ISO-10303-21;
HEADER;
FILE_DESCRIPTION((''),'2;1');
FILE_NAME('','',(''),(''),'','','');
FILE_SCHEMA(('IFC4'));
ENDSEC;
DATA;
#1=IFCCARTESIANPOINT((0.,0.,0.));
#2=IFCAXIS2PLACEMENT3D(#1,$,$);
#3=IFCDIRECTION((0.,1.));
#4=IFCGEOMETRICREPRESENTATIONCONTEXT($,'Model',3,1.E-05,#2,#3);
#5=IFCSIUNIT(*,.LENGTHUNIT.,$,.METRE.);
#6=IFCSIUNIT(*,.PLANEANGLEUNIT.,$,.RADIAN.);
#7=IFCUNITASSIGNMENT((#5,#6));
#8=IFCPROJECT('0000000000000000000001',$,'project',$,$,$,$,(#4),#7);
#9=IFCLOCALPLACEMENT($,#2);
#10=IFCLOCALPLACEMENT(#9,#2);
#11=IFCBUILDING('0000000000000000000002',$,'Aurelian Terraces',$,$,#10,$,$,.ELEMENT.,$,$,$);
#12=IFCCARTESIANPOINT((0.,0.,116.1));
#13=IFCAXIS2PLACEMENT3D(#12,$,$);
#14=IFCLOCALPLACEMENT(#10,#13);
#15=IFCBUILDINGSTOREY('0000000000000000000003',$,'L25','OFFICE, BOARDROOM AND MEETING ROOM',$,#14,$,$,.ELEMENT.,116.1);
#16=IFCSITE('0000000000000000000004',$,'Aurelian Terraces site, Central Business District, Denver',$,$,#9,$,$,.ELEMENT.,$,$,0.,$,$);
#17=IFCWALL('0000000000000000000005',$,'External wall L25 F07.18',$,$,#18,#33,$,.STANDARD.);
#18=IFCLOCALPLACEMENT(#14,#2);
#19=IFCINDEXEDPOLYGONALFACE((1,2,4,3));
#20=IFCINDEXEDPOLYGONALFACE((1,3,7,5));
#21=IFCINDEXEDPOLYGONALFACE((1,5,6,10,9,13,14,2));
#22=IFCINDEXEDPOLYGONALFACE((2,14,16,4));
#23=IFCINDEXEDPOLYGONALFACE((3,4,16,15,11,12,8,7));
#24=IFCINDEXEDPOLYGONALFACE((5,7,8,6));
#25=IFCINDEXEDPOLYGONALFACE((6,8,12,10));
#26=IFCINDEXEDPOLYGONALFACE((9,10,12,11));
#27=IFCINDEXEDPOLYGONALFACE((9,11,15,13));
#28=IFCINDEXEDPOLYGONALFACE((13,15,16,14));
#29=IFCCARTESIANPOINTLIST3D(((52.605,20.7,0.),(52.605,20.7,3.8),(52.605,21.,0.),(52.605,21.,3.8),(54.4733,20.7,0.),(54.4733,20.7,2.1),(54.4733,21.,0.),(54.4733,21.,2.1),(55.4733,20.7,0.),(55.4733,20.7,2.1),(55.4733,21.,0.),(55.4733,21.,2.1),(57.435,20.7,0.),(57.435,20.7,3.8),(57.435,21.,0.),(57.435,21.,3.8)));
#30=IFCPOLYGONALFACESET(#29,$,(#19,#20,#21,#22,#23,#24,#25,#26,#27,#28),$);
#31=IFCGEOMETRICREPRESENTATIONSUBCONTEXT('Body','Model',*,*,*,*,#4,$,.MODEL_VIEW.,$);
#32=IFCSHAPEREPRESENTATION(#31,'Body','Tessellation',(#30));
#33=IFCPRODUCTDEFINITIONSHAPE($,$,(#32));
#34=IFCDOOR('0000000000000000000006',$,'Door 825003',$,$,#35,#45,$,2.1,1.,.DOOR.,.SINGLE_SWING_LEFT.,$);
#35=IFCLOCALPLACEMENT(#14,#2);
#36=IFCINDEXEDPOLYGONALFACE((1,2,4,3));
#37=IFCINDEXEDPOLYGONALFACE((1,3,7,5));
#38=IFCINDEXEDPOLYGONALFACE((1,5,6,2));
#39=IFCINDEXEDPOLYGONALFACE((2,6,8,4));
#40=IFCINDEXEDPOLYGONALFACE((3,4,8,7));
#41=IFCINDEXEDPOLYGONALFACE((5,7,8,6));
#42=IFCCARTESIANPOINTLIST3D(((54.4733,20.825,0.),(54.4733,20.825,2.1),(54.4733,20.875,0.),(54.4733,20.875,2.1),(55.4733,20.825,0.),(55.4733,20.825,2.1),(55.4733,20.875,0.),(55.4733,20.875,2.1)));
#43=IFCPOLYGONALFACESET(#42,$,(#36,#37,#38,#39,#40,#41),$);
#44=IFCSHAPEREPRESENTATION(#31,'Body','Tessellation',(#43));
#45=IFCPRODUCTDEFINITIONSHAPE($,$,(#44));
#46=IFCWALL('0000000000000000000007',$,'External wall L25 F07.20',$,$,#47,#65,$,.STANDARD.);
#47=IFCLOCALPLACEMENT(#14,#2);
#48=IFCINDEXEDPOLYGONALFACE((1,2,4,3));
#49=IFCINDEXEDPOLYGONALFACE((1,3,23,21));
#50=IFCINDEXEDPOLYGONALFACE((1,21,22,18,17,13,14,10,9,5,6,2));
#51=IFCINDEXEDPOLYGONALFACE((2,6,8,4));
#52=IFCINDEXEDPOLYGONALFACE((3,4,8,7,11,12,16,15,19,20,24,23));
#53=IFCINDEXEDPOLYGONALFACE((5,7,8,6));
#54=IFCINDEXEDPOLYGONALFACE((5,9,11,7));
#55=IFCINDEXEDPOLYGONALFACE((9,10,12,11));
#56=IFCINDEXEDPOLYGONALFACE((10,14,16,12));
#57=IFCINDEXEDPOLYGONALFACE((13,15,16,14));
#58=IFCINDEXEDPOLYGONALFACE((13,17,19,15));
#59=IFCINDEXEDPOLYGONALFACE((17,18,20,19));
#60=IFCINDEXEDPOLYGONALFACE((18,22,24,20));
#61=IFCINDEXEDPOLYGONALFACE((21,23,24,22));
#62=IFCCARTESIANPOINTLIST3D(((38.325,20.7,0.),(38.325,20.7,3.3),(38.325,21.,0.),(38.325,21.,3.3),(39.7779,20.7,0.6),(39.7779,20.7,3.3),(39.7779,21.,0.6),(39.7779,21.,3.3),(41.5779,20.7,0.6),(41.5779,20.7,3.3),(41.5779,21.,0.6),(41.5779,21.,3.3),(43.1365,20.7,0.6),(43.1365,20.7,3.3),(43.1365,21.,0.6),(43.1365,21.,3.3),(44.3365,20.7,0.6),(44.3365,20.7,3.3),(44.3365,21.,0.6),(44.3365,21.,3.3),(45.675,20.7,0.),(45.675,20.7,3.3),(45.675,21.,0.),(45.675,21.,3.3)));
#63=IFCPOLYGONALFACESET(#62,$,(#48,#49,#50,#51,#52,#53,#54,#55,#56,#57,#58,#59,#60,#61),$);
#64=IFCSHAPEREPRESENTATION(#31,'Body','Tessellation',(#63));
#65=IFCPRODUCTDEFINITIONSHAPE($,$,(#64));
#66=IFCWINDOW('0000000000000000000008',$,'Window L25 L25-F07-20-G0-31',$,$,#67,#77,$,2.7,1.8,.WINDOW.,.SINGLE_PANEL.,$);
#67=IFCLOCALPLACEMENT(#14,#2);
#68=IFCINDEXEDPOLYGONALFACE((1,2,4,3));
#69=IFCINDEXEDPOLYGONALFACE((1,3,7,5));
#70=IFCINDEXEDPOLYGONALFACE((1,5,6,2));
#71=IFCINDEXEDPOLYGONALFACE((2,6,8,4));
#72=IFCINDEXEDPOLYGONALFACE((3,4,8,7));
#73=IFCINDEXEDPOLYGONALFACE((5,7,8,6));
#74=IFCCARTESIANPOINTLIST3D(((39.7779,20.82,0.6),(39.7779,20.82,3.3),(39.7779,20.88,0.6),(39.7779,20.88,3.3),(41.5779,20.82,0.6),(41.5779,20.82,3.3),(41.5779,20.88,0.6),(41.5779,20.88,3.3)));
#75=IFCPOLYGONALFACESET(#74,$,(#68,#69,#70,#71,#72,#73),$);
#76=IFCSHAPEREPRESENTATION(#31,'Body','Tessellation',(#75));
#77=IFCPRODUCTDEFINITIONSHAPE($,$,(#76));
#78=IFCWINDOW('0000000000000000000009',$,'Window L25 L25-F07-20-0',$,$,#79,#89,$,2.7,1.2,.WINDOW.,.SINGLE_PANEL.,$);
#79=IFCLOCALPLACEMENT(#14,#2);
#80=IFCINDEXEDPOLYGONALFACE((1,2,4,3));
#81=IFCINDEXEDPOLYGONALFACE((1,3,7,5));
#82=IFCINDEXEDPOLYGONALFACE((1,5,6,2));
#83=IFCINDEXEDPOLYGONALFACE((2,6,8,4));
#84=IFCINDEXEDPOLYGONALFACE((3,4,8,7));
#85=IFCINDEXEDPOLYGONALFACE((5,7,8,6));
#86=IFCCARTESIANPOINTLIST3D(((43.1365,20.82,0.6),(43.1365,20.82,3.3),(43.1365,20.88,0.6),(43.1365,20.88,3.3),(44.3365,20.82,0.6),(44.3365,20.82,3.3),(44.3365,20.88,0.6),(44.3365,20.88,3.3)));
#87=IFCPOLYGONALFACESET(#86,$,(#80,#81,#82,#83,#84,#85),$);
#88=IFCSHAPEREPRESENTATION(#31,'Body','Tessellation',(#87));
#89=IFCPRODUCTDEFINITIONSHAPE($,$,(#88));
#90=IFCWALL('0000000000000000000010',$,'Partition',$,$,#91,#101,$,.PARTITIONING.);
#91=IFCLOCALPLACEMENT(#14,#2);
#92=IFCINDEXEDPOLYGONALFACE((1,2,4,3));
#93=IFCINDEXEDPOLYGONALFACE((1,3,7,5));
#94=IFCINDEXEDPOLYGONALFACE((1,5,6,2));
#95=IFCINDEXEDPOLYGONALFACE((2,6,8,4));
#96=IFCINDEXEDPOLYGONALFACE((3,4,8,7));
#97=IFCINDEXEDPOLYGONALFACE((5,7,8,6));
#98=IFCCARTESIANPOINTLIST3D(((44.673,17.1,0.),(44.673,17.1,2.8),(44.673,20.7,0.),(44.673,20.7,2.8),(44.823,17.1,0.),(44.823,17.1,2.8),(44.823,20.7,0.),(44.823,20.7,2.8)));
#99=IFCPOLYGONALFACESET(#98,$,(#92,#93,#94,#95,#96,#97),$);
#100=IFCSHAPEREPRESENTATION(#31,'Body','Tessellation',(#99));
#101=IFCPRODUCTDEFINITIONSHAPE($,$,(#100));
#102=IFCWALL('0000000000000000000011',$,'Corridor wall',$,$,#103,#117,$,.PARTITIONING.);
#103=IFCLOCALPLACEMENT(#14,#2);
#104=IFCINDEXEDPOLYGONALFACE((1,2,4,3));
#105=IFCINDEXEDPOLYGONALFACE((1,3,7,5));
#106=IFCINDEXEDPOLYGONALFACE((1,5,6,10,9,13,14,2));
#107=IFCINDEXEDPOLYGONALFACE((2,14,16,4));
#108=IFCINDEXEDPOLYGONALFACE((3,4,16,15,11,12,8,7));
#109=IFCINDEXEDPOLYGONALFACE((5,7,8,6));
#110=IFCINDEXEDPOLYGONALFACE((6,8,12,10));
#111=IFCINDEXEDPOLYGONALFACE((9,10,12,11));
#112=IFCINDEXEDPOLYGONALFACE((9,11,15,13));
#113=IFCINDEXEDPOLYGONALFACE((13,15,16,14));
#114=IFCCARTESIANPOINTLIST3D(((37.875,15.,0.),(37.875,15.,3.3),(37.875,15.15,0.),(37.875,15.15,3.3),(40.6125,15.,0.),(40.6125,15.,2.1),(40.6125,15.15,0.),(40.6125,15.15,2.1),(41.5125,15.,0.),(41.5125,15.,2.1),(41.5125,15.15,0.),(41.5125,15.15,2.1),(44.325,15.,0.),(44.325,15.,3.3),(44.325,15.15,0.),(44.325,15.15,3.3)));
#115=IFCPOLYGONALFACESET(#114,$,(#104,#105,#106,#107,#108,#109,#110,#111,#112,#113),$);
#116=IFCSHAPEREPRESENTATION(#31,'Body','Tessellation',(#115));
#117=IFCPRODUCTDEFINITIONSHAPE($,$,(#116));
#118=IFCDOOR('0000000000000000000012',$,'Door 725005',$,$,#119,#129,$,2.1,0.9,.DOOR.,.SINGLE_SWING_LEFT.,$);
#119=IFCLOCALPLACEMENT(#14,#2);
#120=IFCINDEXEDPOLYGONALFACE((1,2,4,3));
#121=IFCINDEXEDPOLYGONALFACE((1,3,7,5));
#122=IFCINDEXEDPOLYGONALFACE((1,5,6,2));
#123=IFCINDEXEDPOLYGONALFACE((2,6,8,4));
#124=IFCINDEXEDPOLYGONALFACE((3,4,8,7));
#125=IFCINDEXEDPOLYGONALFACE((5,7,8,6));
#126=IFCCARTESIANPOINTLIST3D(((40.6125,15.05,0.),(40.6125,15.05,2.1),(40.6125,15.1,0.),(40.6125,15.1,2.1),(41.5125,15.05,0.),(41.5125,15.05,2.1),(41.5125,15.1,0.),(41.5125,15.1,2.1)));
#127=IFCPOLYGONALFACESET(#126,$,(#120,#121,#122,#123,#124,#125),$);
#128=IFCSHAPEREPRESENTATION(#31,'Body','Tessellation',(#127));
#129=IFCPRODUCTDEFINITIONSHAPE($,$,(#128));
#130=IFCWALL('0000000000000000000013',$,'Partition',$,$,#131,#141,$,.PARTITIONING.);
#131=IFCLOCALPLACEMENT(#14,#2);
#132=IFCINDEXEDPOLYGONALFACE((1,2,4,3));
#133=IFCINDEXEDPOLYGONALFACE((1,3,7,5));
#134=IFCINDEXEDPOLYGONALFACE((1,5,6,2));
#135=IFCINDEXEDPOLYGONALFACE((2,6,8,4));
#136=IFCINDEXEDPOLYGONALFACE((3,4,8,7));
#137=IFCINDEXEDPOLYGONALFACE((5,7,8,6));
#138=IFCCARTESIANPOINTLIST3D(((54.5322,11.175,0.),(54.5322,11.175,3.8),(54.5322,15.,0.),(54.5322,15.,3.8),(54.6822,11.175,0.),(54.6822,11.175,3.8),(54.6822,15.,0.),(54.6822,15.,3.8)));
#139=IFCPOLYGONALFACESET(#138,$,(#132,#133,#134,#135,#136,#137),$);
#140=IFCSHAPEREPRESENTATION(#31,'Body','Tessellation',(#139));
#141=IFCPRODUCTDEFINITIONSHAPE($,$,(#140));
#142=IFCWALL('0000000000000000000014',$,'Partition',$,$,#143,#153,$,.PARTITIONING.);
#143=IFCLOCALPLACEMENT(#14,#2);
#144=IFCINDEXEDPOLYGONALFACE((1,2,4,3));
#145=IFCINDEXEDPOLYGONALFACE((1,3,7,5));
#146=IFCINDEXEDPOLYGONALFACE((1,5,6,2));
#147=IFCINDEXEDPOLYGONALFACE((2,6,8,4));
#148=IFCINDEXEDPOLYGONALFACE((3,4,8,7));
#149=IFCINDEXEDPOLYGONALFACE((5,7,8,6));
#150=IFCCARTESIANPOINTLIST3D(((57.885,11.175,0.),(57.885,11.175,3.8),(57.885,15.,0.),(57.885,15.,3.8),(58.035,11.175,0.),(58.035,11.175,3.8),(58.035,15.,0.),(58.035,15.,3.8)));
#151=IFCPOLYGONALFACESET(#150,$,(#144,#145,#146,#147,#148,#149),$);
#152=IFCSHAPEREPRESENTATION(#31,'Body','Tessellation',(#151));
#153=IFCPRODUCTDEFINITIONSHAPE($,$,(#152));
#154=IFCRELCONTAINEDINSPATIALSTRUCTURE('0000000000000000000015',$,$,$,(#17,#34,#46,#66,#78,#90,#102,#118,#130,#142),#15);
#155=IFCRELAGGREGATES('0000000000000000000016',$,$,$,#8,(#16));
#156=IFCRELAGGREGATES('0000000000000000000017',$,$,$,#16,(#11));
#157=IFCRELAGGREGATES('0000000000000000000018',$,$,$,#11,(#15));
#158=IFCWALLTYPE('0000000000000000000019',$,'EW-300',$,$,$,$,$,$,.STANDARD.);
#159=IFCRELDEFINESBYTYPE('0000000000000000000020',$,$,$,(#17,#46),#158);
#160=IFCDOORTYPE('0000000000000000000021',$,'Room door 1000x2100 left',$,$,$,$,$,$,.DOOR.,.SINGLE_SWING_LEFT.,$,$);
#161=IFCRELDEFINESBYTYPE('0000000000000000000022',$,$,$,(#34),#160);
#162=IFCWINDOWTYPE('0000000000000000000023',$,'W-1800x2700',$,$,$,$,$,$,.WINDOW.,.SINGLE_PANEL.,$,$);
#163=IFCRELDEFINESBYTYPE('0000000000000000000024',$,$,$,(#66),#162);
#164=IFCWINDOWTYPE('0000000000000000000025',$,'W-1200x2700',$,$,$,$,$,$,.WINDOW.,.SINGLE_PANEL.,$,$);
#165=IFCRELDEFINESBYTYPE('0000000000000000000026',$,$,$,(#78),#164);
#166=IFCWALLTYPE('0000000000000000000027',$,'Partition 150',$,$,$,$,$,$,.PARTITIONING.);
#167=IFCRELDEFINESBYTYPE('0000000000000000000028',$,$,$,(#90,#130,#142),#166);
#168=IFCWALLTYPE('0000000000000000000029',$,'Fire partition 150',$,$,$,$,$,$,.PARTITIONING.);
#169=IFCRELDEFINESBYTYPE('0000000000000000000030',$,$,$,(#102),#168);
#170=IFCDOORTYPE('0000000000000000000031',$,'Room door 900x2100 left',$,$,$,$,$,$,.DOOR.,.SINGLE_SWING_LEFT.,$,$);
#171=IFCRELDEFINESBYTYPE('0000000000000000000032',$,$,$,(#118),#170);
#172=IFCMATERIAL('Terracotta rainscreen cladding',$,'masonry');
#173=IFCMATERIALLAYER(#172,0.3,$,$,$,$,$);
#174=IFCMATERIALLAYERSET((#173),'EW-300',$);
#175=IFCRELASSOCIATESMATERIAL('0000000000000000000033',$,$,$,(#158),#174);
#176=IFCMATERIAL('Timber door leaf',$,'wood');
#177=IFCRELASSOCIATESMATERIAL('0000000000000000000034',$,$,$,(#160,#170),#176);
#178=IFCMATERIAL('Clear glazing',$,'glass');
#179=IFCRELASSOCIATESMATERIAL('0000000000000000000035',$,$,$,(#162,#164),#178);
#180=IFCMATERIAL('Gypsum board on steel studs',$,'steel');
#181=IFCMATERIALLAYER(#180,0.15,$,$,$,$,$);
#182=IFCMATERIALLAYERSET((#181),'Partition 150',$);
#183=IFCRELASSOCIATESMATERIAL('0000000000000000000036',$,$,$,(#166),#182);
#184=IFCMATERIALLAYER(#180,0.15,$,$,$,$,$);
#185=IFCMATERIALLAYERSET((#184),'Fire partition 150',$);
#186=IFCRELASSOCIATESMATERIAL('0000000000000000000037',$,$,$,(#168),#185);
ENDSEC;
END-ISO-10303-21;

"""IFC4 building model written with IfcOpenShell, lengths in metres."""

from ifc_helpers import new_model, si_unit, direction, frame, frame_2d, origin, place, context, subcontext, project, spatial, rectangle, extrude, source, transform, mapped, material, layer, layer_set, type_object, element, fill, save


model = new_model("IFC4")

# Units and contexts
model_context = context("Model", 3, precision=1e-05, world=origin(), true_north=direction((0.0, 1.0)))
body_context = subcontext(model_context, "Body", "Model", "MODEL_VIEW")
ifc_project = project(units=[si_unit("LENGTHUNIT", "METRE"), si_unit("PLANEANGLEUNIT", "RADIAN")], contexts=[model_context])

# Site, building, storey
site_placement = place(None, origin())
site = spatial("IfcSite", under=ifc_project, at=site_placement, Name="Aurelian Terraces site, Central Business District, Denver", CompositionType="ELEMENT", RefElevation=0.0)
building_placement = place(site_placement, origin())
building = spatial("IfcBuilding", under=site, at=building_placement, Name="Aurelian Terraces", CompositionType="ELEMENT")
storey_placement = place(building_placement, frame((0.0, 0.0, 116.1)))
storey = spatial("IfcBuildingStorey", under=building, at=storey_placement, Name="L25", Description="OFFICE, BOARDROOM AND MEETING ROOM", CompositionType="ELEMENT", Elevation=116.1)

# Shared definitions
ifc_material_1 = material(Name="Terracotta rainscreen cladding", Category="masonry")
ifc_layer_1 = layer(ifc_material_1, 0.3)
ifc_layer_set_1 = layer_set([ifc_layer_1], Name="EW-300")
wall_type_1 = type_object("IfcWallType", Name="EW-300", PredefinedType="STANDARD", material=ifc_layer_set_1)

# Shared definitions
ifc_material_2 = material(Name="Clear glazing", Category="glass")

# Wall, opening, door
shared_shape_1 = source(origin(), body_context, "Body", "SweptSolid", [
    extrude(rectangle(XDim=4.83, YDim=0.3, at=frame_2d((2.415, 0.0))), origin(), (0.0, 0.0, 1.0), 3.8),
])
wall_1_placement = place(storey_placement, frame((57.435, 20.85, 0.0), z_axis=(0.0, 0.0, 1.0), x_axis=(-1.0, 0.0, 0.0)))
wall_1 = element("IfcWall", 1, at=wall_1_placement, inside=storey, type_object=wall_type_1, Name="External wall L25 F07.18", PredefinedType="STANDARD", context=body_context, shape_type="MappedRepresentation", body=[
    mapped(shared_shape_1, transform((0.0, 0.0, 0.0), scale=1.0)),
])
shared_shape_2 = source(origin(), body_context, "Body", "SweptSolid", [
    extrude(rectangle(XDim=1.0, YDim=2.1, at=frame_2d((0.5, 1.05))), frame((0.0, 0.16, 0.0), z_axis=(0.0, -1.0, 0.0), x_axis=(1.0, 0.0, 0.0)), (0.0, 0.0, 1.0), 0.32),
])
opening_1_placement = place(wall_1_placement, frame((1.9617, 0.0, 0.0)))
opening_1 = element("IfcOpeningElement", 2, at=opening_1_placement, cuts=wall_1, PredefinedType="OPENING", context=body_context, shape_type="MappedRepresentation", body=[
    mapped(shared_shape_2, transform((0.0, 0.0, 0.0), scale=1.0)),
])
ifc_material_3 = material(Name="Timber door leaf", Category="wood")
door_type_1 = type_object("IfcDoorType", Name="Room door 1000x2100 left", OperationType="SINGLE_SWING_LEFT", PredefinedType="DOOR", material=ifc_material_3)
shared_shape_3 = source(origin(), body_context, "Body", "SweptSolid", [
    extrude(rectangle(XDim=1.0, YDim=2.1, at=frame_2d((0.5, 1.05))), frame((0.0, 0.025, 0.0), z_axis=(0.0, -1.0, 0.0), x_axis=(1.0, 0.0, 0.0)), (0.0, 0.0, 1.0), 0.05),
])
door_1_placement = place(opening_1_placement, origin())
door_1 = element("IfcDoor", 3, at=door_1_placement, inside=storey, type_object=door_type_1, Name="Door 825003", OperationType="SINGLE_SWING_LEFT", OverallHeight=2.1, OverallWidth=1.0, PredefinedType="DOOR", context=body_context, shape_type="MappedRepresentation", body=[
    mapped(shared_shape_3, transform((0.0, 0.0, 0.0), scale=1.0)),
])
fill(opening_1, door_1)

# Wall, openings, windows
shared_shape_4 = source(origin(), body_context, "Body", "SweptSolid", [
    extrude(rectangle(XDim=7.35, YDim=0.3, at=frame_2d((3.675, 0.0))), origin(), (0.0, 0.0, 1.0), 3.3),
])
wall_2_placement = place(storey_placement, frame((45.675, 20.85, 0.0), z_axis=(0.0, 0.0, 1.0), x_axis=(-1.0, 0.0, 0.0)))
wall_2 = element("IfcWall", 4, at=wall_2_placement, inside=storey, type_object=wall_type_1, Name="External wall L25 F07.20", PredefinedType="STANDARD", context=body_context, shape_type="MappedRepresentation", body=[
    mapped(shared_shape_4, transform((0.0, 0.0, 0.0), scale=1.0)),
])
shared_shape_5 = source(origin(), body_context, "Body", "SweptSolid", [
    extrude(rectangle(XDim=1.2, YDim=2.7, at=frame_2d((0.6, 1.35))), frame((0.0, 0.16, 0.0), z_axis=(0.0, -1.0, 0.0), x_axis=(1.0, 0.0, 0.0)), (0.0, 0.0, 1.0), 0.32),
])
opening_2_placement = place(wall_2_placement, frame((1.3385, 0.0, 0.6)))
opening_2 = element("IfcOpeningElement", 5, at=opening_2_placement, cuts=wall_2, PredefinedType="OPENING", context=body_context, shape_type="MappedRepresentation", body=[
    mapped(shared_shape_5, transform((0.0, 0.0, 0.0), scale=1.0)),
])
shared_shape_6 = source(origin(), body_context, "Body", "SweptSolid", [
    extrude(rectangle(XDim=1.8, YDim=2.7, at=frame_2d((0.9, 1.35))), frame((0.0, 0.16, 0.0), z_axis=(0.0, -1.0, 0.0), x_axis=(1.0, 0.0, 0.0)), (0.0, 0.0, 1.0), 0.32),
])
opening_3_placement = place(wall_2_placement, frame((4.0971, 0.0, 0.6)))
opening_3 = element("IfcOpeningElement", 6, at=opening_3_placement, cuts=wall_2, PredefinedType="OPENING", context=body_context, shape_type="MappedRepresentation", body=[
    mapped(shared_shape_6, transform((0.0, 0.0, 0.0), scale=1.0)),
])
window_type_1 = type_object("IfcWindowType", Name="W-1800x2700", PartitioningType="SINGLE_PANEL", PredefinedType="WINDOW", material=ifc_material_2)
shared_shape_7 = source(origin(), body_context, "Body", "SweptSolid", [
    extrude(rectangle(XDim=1.8, YDim=2.7, at=frame_2d((0.9, 1.35))), frame((0.0, 0.03, 0.0), z_axis=(0.0, -1.0, 0.0), x_axis=(1.0, 0.0, 0.0)), (0.0, 0.0, 1.0), 0.06),
])
window_1_placement = place(opening_3_placement, origin())
window_1 = element("IfcWindow", 7, at=window_1_placement, inside=storey, type_object=window_type_1, Name="Window L25 L25-F07-20-G0-31", OverallHeight=2.7, OverallWidth=1.8, PartitioningType="SINGLE_PANEL", PredefinedType="WINDOW", context=body_context, shape_type="MappedRepresentation", body=[
    mapped(shared_shape_7, transform((0.0, 0.0, 0.0), scale=1.0)),
])
fill(opening_3, window_1)
window_type_2 = type_object("IfcWindowType", Name="W-1200x2700", PartitioningType="SINGLE_PANEL", PredefinedType="WINDOW", material=ifc_material_2)
shared_shape_8 = source(origin(), body_context, "Body", "SweptSolid", [
    extrude(rectangle(XDim=1.2, YDim=2.7, at=frame_2d((0.6, 1.35))), frame((0.0, 0.03, 0.0), z_axis=(0.0, -1.0, 0.0), x_axis=(1.0, 0.0, 0.0)), (0.0, 0.0, 1.0), 0.06),
])
window_2_placement = place(opening_2_placement, origin())
window_2 = element("IfcWindow", 8, at=window_2_placement, inside=storey, type_object=window_type_2, Name="Window L25 L25-F07-20-0", OverallHeight=2.7, OverallWidth=1.2, PartitioningType="SINGLE_PANEL", PredefinedType="WINDOW", context=body_context, shape_type="MappedRepresentation", body=[
    mapped(shared_shape_8, transform((0.0, 0.0, 0.0), scale=1.0)),
])
fill(opening_2, window_2)

# Wall
ifc_material_4 = material(Name="Gypsum board on steel studs", Category="steel")
ifc_layer_2 = layer(ifc_material_4, 0.15)
ifc_layer_set_2 = layer_set([ifc_layer_2], Name="Partition 150")
wall_type_2 = type_object("IfcWallType", Name="Partition 150", PredefinedType="PARTITIONING", material=ifc_layer_set_2)
shared_shape_9 = source(origin(), body_context, "Body", "SweptSolid", [
    extrude(rectangle(XDim=3.6, YDim=0.15, at=frame_2d((1.8, 0.0))), origin(), (0.0, 0.0, 1.0), 2.8),
])
wall_3_placement = place(storey_placement, frame((44.748, 20.7, 0.0), z_axis=(0.0, 0.0, 1.0), x_axis=(0.0, -1.0, 0.0)))
element("IfcWall", 9, at=wall_3_placement, inside=storey, type_object=wall_type_2, Name="Partition", PredefinedType="PARTITIONING", context=body_context, shape_type="MappedRepresentation", body=[
    mapped(shared_shape_9, transform((0.0, 0.0, 0.0), scale=1.0)),
])

# Wall, opening, door
ifc_layer_3 = layer(ifc_material_4, 0.15)
ifc_layer_set_3 = layer_set([ifc_layer_3], Name="Fire partition 150")
wall_type_3 = type_object("IfcWallType", Name="Fire partition 150", PredefinedType="PARTITIONING", material=ifc_layer_set_3)
shared_shape_10 = source(origin(), body_context, "Body", "SweptSolid", [
    extrude(rectangle(XDim=6.45, YDim=0.15, at=frame_2d((3.225, 0.0))), origin(), (0.0, 0.0, 1.0), 3.3),
])
wall_4_placement = place(storey_placement, frame((44.325, 15.075, 0.0), z_axis=(0.0, 0.0, 1.0), x_axis=(-1.0, 0.0, 0.0)))
wall_4 = element("IfcWall", 10, at=wall_4_placement, inside=storey, type_object=wall_type_3, Name="Corridor wall", PredefinedType="PARTITIONING", context=body_context, shape_type="MappedRepresentation", body=[
    mapped(shared_shape_10, transform((0.0, 0.0, 0.0), scale=1.0)),
])
shared_shape_11 = source(origin(), body_context, "Body", "SweptSolid", [
    extrude(rectangle(XDim=0.9, YDim=2.1, at=frame_2d((0.45, 1.05))), frame((0.0, 0.085, 0.0), z_axis=(0.0, -1.0, 0.0), x_axis=(1.0, 0.0, 0.0)), (0.0, 0.0, 1.0), 0.17),
])
opening_4_placement = place(wall_4_placement, frame((2.8125, 0.0, 0.0)))
opening_4 = element("IfcOpeningElement", 11, at=opening_4_placement, cuts=wall_4, PredefinedType="OPENING", context=body_context, shape_type="MappedRepresentation", body=[
    mapped(shared_shape_11, transform((0.0, 0.0, 0.0), scale=1.0)),
])
door_type_2 = type_object("IfcDoorType", Name="Room door 900x2100 left", OperationType="SINGLE_SWING_LEFT", PredefinedType="DOOR", material=ifc_material_3)
shared_shape_12 = source(origin(), body_context, "Body", "SweptSolid", [
    extrude(rectangle(XDim=0.9, YDim=2.1, at=frame_2d((0.45, 1.05))), frame((0.0, 0.025, 0.0), z_axis=(0.0, -1.0, 0.0), x_axis=(1.0, 0.0, 0.0)), (0.0, 0.0, 1.0), 0.05),
])
door_2_placement = place(opening_4_placement, origin())
door_2 = element("IfcDoor", 12, at=door_2_placement, inside=storey, type_object=door_type_2, Name="Door 725005", OperationType="SINGLE_SWING_LEFT", OverallHeight=2.1, OverallWidth=0.9, PredefinedType="DOOR", context=body_context, shape_type="MappedRepresentation", body=[
    mapped(shared_shape_12, transform((0.0, 0.0, 0.0), scale=1.0)),
])
fill(opening_4, door_2)

# Walls
shared_shape_13 = source(origin(), body_context, "Body", "SweptSolid", [
    extrude(rectangle(XDim=3.825, YDim=0.15, at=frame_2d((1.9125, 0.0))), origin(), (0.0, 0.0, 1.0), 3.8),
])
for number, where, z_axis, x_axis, name in (
    (13, (54.6072, 11.175, 0.0), (0.0, 0.0, 1.0), (0.0, 1.0, 0.0), "Partition"),
    (14, (57.96, 11.175, 0.0), (0.0, 0.0, 1.0), (0.0, 1.0, 0.0), "Partition"),
):
    element("IfcWall", number, at=place(storey_placement, frame(where, z_axis=z_axis, x_axis=x_axis)), inside=storey, type_object=wall_type_2, Name=name, PredefinedType="PARTITIONING", context=body_context, shape_type="MappedRepresentation", body=[
        mapped(shared_shape_13, transform((0.0, 0.0, 0.0), scale=1.0)),
    ])

save(model, "model.ifc")
